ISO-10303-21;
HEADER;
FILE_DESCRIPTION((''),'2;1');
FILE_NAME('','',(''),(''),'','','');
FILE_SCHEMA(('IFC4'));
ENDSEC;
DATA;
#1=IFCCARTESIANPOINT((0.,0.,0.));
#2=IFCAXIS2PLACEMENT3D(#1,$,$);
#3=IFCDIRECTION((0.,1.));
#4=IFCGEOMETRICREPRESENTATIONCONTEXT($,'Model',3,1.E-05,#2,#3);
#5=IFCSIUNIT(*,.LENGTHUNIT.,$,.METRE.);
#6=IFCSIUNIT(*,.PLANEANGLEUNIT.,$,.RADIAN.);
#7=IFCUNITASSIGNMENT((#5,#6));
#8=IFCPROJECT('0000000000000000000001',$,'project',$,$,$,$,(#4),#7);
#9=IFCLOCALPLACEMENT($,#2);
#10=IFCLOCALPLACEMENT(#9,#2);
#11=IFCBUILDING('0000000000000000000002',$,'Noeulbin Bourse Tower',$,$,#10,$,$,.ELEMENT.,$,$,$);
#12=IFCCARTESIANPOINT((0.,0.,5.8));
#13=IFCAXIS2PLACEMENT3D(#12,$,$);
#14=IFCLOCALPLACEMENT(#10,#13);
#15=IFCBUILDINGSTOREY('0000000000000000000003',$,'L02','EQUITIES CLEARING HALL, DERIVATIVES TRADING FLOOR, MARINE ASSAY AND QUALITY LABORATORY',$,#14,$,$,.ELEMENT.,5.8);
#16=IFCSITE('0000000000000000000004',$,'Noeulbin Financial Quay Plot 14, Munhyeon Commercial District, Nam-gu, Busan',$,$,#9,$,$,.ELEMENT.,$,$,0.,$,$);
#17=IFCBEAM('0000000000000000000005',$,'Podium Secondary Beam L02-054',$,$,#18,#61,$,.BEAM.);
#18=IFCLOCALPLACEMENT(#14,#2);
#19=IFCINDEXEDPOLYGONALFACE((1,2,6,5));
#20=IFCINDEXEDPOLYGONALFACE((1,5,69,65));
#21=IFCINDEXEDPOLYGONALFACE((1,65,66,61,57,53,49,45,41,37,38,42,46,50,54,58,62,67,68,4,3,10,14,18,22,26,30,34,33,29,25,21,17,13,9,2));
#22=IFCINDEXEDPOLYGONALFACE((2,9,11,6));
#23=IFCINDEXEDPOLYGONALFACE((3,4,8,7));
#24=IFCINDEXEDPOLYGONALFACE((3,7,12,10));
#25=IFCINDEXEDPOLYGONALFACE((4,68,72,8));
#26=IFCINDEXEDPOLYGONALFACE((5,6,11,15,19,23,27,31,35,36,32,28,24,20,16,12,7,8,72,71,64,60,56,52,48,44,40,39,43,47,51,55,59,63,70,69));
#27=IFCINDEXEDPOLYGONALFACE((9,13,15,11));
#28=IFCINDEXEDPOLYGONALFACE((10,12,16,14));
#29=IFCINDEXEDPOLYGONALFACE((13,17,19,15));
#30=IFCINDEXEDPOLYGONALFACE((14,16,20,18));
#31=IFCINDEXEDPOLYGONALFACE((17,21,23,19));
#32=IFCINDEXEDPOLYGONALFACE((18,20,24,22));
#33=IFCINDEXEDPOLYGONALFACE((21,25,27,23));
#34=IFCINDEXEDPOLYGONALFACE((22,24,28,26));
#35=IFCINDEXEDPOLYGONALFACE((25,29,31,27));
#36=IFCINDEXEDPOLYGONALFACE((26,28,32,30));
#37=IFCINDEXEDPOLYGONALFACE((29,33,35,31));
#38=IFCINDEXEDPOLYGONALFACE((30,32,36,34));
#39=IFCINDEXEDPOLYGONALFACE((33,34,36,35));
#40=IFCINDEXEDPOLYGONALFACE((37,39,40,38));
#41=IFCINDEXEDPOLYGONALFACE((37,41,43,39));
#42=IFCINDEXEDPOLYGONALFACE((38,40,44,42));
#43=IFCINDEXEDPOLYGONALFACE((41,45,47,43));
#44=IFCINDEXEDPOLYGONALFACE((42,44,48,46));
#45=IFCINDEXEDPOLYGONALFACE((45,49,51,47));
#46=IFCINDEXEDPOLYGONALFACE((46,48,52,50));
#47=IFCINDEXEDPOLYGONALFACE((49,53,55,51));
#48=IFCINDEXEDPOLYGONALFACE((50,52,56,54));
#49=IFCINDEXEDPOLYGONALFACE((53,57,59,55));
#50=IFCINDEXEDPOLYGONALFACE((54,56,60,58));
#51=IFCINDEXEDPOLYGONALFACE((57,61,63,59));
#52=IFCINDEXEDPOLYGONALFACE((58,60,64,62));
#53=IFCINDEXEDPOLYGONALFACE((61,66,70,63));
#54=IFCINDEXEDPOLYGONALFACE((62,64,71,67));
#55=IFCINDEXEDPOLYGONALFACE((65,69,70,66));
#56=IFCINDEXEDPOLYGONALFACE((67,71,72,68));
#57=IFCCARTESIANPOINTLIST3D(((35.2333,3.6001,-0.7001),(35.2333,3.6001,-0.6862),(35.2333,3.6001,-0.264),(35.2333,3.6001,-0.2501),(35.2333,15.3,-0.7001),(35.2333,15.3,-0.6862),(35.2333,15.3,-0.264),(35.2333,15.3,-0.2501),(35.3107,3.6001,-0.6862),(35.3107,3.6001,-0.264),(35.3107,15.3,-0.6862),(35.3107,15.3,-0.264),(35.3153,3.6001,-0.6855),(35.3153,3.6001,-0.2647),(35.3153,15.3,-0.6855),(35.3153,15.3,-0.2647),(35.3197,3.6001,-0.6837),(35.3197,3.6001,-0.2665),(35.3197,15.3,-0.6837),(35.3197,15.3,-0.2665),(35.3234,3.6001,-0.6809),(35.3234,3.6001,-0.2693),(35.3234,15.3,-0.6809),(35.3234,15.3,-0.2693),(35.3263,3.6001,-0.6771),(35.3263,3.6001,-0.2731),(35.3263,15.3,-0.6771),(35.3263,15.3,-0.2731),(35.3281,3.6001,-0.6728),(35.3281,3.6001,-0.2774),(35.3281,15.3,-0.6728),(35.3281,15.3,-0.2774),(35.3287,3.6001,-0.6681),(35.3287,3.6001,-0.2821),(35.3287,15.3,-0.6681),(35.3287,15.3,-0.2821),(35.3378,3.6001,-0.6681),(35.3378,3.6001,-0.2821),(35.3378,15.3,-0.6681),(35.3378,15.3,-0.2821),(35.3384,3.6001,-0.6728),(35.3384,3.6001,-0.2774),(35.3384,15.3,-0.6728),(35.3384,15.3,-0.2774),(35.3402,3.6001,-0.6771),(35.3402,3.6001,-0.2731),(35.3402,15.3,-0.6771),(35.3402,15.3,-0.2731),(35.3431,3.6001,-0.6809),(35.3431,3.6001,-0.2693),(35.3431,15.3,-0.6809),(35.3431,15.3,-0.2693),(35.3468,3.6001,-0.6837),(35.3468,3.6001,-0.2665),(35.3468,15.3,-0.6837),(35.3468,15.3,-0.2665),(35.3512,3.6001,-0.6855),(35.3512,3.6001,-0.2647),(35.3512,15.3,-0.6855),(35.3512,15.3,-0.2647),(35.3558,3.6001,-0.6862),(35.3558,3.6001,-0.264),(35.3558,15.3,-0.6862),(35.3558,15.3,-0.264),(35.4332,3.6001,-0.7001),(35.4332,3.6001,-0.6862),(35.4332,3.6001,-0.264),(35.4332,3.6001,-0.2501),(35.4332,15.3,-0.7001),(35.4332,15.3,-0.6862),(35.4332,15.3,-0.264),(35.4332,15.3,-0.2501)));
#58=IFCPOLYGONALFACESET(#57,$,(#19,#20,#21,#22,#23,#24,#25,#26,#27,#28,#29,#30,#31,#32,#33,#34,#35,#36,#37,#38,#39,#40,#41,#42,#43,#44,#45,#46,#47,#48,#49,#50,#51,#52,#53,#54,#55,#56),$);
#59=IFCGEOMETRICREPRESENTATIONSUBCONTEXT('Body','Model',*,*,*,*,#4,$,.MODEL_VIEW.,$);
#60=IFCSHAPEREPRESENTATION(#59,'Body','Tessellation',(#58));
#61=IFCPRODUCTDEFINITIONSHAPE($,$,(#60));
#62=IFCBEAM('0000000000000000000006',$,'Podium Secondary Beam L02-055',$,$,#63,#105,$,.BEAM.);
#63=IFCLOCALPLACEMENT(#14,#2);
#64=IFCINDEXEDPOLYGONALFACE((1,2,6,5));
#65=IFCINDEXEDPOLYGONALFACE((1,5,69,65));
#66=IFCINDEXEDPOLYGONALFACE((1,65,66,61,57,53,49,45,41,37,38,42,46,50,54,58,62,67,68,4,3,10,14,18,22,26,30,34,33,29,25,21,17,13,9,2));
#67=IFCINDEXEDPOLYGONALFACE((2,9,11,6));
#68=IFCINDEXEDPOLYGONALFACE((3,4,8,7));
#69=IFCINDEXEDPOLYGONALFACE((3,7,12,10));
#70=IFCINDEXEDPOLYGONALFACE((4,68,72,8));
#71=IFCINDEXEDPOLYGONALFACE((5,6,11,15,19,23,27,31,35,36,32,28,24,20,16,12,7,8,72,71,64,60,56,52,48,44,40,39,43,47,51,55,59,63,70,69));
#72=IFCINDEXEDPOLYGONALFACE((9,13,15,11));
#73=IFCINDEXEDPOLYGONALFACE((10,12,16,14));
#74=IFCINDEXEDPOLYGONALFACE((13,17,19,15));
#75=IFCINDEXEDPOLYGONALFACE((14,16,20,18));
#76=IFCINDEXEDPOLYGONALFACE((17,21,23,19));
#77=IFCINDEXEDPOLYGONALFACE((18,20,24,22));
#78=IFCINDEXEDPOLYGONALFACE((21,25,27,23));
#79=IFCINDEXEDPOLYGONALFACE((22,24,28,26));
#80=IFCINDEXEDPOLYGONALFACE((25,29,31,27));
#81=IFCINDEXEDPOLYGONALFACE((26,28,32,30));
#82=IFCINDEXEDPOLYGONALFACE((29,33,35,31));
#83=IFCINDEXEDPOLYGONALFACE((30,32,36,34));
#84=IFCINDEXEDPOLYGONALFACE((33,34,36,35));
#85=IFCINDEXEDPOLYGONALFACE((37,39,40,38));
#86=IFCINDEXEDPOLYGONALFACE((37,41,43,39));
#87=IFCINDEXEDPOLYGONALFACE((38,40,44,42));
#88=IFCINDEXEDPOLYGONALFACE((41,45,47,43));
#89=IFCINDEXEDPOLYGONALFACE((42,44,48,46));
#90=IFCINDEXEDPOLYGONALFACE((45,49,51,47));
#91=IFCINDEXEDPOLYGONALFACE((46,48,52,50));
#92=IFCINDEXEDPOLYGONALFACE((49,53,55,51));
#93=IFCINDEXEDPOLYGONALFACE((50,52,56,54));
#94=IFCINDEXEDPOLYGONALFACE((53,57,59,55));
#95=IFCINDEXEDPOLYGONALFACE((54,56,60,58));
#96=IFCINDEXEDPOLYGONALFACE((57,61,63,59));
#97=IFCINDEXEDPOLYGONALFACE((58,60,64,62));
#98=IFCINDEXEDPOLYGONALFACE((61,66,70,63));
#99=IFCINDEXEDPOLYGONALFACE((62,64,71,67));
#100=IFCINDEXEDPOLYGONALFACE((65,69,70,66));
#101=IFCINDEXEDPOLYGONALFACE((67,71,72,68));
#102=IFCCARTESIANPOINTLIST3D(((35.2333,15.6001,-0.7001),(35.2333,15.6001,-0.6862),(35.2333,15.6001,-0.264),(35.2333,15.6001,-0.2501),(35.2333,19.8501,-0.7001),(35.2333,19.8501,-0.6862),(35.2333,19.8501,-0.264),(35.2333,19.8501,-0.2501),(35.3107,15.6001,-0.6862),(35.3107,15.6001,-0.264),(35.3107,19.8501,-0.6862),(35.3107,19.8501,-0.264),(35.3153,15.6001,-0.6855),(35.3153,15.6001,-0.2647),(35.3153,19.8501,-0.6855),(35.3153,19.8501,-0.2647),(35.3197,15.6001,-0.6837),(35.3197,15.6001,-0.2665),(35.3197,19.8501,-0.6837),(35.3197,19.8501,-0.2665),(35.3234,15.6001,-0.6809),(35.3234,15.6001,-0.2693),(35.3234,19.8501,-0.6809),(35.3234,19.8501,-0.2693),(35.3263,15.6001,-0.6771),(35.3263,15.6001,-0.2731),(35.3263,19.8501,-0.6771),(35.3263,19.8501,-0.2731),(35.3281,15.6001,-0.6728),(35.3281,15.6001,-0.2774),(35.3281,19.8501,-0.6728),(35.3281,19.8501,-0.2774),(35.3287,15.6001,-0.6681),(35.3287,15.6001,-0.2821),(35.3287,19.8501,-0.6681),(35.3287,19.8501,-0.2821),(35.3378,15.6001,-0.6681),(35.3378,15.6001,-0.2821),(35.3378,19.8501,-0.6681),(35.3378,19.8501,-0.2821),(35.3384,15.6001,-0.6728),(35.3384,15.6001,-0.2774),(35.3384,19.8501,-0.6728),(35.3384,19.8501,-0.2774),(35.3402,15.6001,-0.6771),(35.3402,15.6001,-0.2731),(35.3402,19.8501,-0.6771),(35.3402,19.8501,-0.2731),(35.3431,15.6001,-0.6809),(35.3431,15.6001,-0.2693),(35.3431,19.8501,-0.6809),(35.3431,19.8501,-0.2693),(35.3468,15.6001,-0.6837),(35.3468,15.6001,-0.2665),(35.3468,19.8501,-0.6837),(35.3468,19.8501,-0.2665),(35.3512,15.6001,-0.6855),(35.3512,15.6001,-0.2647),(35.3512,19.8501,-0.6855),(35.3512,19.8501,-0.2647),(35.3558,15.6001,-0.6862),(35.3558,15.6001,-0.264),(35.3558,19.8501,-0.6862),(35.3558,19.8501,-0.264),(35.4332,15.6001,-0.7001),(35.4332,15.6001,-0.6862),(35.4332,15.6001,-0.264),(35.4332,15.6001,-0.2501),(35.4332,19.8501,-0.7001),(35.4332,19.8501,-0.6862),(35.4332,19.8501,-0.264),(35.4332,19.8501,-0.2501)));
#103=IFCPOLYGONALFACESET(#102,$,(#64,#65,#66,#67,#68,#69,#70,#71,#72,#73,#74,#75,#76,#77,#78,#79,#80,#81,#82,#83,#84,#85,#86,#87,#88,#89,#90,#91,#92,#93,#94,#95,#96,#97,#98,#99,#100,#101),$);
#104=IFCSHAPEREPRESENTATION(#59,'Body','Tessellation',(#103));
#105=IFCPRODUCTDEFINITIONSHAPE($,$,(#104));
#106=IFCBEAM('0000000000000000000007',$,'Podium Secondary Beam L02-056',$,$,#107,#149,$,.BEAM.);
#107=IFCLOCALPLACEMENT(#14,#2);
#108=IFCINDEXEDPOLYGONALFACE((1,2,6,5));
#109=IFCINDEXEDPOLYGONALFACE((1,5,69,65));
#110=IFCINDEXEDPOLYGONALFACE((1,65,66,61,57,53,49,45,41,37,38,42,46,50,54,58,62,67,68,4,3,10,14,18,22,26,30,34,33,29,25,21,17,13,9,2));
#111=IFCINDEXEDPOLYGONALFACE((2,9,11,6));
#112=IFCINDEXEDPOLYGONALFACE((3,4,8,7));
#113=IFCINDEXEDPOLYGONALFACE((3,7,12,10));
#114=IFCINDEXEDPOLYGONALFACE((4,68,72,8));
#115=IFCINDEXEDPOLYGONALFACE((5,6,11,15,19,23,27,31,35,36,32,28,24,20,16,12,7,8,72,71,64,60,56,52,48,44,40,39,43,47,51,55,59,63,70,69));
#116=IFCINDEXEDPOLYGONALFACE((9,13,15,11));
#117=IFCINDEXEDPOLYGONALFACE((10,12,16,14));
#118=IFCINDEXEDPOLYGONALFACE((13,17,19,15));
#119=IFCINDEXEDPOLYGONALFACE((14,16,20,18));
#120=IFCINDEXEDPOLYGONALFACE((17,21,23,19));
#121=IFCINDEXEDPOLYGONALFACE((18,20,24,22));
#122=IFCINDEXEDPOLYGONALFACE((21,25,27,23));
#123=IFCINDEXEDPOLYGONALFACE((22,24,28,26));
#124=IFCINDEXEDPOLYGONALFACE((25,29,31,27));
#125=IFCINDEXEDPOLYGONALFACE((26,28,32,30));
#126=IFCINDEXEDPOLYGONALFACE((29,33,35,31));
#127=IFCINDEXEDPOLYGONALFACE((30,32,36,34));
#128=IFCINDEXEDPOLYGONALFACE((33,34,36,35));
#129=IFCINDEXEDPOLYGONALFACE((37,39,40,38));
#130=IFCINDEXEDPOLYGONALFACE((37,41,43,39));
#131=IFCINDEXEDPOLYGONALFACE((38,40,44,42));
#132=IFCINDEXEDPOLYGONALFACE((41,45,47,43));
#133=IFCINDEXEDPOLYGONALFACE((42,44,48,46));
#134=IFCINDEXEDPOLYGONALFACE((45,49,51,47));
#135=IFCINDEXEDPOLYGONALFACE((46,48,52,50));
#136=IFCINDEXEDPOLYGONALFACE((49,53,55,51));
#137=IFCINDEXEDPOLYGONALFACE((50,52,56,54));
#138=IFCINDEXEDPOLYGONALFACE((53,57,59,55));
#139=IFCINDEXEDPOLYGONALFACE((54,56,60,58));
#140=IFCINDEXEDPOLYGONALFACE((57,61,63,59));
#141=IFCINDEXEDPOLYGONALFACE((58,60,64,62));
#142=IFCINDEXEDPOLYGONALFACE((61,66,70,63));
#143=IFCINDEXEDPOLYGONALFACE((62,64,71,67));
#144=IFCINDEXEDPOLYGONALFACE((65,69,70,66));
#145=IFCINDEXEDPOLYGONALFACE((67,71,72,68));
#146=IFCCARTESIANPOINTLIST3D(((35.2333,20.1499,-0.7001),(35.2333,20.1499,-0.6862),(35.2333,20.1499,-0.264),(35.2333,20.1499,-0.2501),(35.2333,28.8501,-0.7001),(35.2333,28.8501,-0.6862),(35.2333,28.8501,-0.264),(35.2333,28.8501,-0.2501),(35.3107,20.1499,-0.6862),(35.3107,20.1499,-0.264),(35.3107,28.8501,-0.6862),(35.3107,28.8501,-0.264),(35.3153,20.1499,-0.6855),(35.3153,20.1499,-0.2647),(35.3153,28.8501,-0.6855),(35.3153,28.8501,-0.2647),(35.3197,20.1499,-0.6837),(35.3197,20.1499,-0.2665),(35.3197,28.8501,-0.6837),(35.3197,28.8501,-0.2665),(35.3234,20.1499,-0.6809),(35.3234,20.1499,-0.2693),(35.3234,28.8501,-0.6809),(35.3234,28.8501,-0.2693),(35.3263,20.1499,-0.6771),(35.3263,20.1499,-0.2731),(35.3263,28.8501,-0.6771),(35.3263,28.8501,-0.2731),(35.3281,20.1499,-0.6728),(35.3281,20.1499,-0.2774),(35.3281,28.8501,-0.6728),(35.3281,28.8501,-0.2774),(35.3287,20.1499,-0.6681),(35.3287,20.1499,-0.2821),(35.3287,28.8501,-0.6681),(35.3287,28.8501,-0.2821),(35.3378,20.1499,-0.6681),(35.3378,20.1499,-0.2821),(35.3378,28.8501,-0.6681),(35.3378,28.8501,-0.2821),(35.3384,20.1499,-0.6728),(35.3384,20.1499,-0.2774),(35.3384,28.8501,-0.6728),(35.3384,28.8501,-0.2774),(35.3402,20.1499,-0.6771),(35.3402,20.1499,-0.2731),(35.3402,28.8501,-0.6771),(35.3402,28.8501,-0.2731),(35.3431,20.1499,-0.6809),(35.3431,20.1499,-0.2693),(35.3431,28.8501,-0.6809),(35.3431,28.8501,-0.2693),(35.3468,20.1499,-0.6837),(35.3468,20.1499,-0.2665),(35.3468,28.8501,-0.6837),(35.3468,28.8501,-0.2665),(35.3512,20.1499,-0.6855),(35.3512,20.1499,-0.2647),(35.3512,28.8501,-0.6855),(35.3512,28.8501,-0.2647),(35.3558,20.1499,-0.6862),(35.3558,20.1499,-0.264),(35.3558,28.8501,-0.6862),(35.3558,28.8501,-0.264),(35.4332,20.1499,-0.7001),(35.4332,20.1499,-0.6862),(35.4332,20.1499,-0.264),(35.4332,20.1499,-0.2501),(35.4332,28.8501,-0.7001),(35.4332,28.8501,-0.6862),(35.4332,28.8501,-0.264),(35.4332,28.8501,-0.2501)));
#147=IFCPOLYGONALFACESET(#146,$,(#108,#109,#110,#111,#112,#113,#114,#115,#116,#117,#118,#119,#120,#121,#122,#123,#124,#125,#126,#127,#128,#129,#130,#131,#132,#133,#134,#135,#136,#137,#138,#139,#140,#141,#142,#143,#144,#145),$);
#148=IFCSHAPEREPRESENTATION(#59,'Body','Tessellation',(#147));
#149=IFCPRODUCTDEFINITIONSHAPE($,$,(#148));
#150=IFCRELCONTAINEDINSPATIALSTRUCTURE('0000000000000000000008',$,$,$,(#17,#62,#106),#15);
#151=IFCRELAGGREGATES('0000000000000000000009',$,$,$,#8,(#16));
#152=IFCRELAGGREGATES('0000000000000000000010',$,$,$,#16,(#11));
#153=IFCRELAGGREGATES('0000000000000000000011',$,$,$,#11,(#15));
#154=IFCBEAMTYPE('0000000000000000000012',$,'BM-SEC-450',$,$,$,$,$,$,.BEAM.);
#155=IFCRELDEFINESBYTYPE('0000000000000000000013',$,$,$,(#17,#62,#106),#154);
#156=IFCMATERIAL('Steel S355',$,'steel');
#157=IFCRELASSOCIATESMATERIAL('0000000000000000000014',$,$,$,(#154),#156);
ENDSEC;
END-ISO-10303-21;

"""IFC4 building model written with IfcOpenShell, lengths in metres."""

from ifc_helpers import new_model, si_unit, direction, frame, origin, origin_2d, place, context, subcontext, project, spatial, i_section, extrude, material, material_profile, profile_set, type_object, element, save


model = new_model("IFC4")

# Units and contexts
model_context = context("Model", 3, precision=1e-05, world=origin(), true_north=direction((0.0, 1.0)))
body_context = subcontext(model_context, "Body", "Model", "MODEL_VIEW")
ifc_project = project(units=[si_unit("LENGTHUNIT", "METRE"), si_unit("PLANEANGLEUNIT", "RADIAN")], contexts=[model_context])

# Site, building, storey
site_placement = place(None, origin())
site = spatial("IfcSite", under=ifc_project, at=site_placement, Name="Noeulbin Financial Quay Plot 14, Munhyeon Commercial District, Nam-gu, Busan", CompositionType="ELEMENT", RefElevation=0.0)
building_placement = place(site_placement, origin())
building = spatial("IfcBuilding", under=site, at=building_placement, Name="Noeulbin Bourse Tower", CompositionType="ELEMENT")
storey_placement = place(building_placement, frame((0.0, 0.0, 5.8)))
storey = spatial("IfcBuildingStorey", under=building, at=storey_placement, Name="L02", Description="EQUITIES CLEARING HALL, DERIVATIVES TRADING FLOOR, MARINE ASSAY AND QUALITY LABORATORY", CompositionType="ELEMENT", Elevation=5.8)

# Beams
ifc_material_1 = material(Name="Steel S355", Category="steel")
ifc_material_profile_1 = material_profile(ifc_material_1, i_section(OverallWidth=0.2, OverallDepth=0.45, WebThickness=0.009, FlangeThickness=0.0139, FilletRadius=0.0181, at=origin_2d()), Name="H-450x200x9x14", Category="LoadBearing")
ifc_profile_set_1 = profile_set([ifc_material_profile_1], Name="Steel S355")
beam_type_1 = type_object("IfcBeamType", Name="BM-SEC-450", PredefinedType="BEAM", material=ifc_profile_set_1)
beam_1_placement = place(storey_placement, frame((35.3333, 3.6001, -0.4751), z_axis=(0.0, 1.0, 0.0), x_axis=(-1.0, 0.0, 0.0)))
element("IfcBeam", 1, at=beam_1_placement, inside=storey, type_object=beam_type_1, Name="Podium Secondary Beam L02-054", PredefinedType="BEAM", context=body_context, shape_type="SweptSolid", body=[
    extrude(i_section(OverallWidth=0.2, OverallDepth=0.45, WebThickness=0.009, FlangeThickness=0.0139, FilletRadius=0.0181, at=origin_2d()), origin(), (0.0, 0.0, 1.0), 11.7),
])
beam_2_placement = place(storey_placement, frame((35.3333, 15.6001, -0.4751), z_axis=(0.0, 1.0, 0.0), x_axis=(-1.0, 0.0, 0.0)))
element("IfcBeam", 2, at=beam_2_placement, inside=storey, type_object=beam_type_1, Name="Podium Secondary Beam L02-055", PredefinedType="BEAM", context=body_context, shape_type="SweptSolid", body=[
    extrude(i_section(OverallWidth=0.2, OverallDepth=0.45, WebThickness=0.009, FlangeThickness=0.0139, FilletRadius=0.0181, at=origin_2d()), origin(), (0.0, 0.0, 1.0), 4.25),
])
beam_3_placement = place(storey_placement, frame((35.3333, 20.1499, -0.4751), z_axis=(0.0, 1.0, 0.0), x_axis=(-1.0, 0.0, 0.0)))
element("IfcBeam", 3, at=beam_3_placement, inside=storey, type_object=beam_type_1, Name="Podium Secondary Beam L02-056", PredefinedType="BEAM", context=body_context, shape_type="SweptSolid", body=[
    extrude(i_section(OverallWidth=0.2, OverallDepth=0.45, WebThickness=0.009, FlangeThickness=0.0139, FilletRadius=0.0181, at=origin_2d()), origin(), (0.0, 0.0, 1.0), 8.7002),
])

save(model, "model.ifc")
